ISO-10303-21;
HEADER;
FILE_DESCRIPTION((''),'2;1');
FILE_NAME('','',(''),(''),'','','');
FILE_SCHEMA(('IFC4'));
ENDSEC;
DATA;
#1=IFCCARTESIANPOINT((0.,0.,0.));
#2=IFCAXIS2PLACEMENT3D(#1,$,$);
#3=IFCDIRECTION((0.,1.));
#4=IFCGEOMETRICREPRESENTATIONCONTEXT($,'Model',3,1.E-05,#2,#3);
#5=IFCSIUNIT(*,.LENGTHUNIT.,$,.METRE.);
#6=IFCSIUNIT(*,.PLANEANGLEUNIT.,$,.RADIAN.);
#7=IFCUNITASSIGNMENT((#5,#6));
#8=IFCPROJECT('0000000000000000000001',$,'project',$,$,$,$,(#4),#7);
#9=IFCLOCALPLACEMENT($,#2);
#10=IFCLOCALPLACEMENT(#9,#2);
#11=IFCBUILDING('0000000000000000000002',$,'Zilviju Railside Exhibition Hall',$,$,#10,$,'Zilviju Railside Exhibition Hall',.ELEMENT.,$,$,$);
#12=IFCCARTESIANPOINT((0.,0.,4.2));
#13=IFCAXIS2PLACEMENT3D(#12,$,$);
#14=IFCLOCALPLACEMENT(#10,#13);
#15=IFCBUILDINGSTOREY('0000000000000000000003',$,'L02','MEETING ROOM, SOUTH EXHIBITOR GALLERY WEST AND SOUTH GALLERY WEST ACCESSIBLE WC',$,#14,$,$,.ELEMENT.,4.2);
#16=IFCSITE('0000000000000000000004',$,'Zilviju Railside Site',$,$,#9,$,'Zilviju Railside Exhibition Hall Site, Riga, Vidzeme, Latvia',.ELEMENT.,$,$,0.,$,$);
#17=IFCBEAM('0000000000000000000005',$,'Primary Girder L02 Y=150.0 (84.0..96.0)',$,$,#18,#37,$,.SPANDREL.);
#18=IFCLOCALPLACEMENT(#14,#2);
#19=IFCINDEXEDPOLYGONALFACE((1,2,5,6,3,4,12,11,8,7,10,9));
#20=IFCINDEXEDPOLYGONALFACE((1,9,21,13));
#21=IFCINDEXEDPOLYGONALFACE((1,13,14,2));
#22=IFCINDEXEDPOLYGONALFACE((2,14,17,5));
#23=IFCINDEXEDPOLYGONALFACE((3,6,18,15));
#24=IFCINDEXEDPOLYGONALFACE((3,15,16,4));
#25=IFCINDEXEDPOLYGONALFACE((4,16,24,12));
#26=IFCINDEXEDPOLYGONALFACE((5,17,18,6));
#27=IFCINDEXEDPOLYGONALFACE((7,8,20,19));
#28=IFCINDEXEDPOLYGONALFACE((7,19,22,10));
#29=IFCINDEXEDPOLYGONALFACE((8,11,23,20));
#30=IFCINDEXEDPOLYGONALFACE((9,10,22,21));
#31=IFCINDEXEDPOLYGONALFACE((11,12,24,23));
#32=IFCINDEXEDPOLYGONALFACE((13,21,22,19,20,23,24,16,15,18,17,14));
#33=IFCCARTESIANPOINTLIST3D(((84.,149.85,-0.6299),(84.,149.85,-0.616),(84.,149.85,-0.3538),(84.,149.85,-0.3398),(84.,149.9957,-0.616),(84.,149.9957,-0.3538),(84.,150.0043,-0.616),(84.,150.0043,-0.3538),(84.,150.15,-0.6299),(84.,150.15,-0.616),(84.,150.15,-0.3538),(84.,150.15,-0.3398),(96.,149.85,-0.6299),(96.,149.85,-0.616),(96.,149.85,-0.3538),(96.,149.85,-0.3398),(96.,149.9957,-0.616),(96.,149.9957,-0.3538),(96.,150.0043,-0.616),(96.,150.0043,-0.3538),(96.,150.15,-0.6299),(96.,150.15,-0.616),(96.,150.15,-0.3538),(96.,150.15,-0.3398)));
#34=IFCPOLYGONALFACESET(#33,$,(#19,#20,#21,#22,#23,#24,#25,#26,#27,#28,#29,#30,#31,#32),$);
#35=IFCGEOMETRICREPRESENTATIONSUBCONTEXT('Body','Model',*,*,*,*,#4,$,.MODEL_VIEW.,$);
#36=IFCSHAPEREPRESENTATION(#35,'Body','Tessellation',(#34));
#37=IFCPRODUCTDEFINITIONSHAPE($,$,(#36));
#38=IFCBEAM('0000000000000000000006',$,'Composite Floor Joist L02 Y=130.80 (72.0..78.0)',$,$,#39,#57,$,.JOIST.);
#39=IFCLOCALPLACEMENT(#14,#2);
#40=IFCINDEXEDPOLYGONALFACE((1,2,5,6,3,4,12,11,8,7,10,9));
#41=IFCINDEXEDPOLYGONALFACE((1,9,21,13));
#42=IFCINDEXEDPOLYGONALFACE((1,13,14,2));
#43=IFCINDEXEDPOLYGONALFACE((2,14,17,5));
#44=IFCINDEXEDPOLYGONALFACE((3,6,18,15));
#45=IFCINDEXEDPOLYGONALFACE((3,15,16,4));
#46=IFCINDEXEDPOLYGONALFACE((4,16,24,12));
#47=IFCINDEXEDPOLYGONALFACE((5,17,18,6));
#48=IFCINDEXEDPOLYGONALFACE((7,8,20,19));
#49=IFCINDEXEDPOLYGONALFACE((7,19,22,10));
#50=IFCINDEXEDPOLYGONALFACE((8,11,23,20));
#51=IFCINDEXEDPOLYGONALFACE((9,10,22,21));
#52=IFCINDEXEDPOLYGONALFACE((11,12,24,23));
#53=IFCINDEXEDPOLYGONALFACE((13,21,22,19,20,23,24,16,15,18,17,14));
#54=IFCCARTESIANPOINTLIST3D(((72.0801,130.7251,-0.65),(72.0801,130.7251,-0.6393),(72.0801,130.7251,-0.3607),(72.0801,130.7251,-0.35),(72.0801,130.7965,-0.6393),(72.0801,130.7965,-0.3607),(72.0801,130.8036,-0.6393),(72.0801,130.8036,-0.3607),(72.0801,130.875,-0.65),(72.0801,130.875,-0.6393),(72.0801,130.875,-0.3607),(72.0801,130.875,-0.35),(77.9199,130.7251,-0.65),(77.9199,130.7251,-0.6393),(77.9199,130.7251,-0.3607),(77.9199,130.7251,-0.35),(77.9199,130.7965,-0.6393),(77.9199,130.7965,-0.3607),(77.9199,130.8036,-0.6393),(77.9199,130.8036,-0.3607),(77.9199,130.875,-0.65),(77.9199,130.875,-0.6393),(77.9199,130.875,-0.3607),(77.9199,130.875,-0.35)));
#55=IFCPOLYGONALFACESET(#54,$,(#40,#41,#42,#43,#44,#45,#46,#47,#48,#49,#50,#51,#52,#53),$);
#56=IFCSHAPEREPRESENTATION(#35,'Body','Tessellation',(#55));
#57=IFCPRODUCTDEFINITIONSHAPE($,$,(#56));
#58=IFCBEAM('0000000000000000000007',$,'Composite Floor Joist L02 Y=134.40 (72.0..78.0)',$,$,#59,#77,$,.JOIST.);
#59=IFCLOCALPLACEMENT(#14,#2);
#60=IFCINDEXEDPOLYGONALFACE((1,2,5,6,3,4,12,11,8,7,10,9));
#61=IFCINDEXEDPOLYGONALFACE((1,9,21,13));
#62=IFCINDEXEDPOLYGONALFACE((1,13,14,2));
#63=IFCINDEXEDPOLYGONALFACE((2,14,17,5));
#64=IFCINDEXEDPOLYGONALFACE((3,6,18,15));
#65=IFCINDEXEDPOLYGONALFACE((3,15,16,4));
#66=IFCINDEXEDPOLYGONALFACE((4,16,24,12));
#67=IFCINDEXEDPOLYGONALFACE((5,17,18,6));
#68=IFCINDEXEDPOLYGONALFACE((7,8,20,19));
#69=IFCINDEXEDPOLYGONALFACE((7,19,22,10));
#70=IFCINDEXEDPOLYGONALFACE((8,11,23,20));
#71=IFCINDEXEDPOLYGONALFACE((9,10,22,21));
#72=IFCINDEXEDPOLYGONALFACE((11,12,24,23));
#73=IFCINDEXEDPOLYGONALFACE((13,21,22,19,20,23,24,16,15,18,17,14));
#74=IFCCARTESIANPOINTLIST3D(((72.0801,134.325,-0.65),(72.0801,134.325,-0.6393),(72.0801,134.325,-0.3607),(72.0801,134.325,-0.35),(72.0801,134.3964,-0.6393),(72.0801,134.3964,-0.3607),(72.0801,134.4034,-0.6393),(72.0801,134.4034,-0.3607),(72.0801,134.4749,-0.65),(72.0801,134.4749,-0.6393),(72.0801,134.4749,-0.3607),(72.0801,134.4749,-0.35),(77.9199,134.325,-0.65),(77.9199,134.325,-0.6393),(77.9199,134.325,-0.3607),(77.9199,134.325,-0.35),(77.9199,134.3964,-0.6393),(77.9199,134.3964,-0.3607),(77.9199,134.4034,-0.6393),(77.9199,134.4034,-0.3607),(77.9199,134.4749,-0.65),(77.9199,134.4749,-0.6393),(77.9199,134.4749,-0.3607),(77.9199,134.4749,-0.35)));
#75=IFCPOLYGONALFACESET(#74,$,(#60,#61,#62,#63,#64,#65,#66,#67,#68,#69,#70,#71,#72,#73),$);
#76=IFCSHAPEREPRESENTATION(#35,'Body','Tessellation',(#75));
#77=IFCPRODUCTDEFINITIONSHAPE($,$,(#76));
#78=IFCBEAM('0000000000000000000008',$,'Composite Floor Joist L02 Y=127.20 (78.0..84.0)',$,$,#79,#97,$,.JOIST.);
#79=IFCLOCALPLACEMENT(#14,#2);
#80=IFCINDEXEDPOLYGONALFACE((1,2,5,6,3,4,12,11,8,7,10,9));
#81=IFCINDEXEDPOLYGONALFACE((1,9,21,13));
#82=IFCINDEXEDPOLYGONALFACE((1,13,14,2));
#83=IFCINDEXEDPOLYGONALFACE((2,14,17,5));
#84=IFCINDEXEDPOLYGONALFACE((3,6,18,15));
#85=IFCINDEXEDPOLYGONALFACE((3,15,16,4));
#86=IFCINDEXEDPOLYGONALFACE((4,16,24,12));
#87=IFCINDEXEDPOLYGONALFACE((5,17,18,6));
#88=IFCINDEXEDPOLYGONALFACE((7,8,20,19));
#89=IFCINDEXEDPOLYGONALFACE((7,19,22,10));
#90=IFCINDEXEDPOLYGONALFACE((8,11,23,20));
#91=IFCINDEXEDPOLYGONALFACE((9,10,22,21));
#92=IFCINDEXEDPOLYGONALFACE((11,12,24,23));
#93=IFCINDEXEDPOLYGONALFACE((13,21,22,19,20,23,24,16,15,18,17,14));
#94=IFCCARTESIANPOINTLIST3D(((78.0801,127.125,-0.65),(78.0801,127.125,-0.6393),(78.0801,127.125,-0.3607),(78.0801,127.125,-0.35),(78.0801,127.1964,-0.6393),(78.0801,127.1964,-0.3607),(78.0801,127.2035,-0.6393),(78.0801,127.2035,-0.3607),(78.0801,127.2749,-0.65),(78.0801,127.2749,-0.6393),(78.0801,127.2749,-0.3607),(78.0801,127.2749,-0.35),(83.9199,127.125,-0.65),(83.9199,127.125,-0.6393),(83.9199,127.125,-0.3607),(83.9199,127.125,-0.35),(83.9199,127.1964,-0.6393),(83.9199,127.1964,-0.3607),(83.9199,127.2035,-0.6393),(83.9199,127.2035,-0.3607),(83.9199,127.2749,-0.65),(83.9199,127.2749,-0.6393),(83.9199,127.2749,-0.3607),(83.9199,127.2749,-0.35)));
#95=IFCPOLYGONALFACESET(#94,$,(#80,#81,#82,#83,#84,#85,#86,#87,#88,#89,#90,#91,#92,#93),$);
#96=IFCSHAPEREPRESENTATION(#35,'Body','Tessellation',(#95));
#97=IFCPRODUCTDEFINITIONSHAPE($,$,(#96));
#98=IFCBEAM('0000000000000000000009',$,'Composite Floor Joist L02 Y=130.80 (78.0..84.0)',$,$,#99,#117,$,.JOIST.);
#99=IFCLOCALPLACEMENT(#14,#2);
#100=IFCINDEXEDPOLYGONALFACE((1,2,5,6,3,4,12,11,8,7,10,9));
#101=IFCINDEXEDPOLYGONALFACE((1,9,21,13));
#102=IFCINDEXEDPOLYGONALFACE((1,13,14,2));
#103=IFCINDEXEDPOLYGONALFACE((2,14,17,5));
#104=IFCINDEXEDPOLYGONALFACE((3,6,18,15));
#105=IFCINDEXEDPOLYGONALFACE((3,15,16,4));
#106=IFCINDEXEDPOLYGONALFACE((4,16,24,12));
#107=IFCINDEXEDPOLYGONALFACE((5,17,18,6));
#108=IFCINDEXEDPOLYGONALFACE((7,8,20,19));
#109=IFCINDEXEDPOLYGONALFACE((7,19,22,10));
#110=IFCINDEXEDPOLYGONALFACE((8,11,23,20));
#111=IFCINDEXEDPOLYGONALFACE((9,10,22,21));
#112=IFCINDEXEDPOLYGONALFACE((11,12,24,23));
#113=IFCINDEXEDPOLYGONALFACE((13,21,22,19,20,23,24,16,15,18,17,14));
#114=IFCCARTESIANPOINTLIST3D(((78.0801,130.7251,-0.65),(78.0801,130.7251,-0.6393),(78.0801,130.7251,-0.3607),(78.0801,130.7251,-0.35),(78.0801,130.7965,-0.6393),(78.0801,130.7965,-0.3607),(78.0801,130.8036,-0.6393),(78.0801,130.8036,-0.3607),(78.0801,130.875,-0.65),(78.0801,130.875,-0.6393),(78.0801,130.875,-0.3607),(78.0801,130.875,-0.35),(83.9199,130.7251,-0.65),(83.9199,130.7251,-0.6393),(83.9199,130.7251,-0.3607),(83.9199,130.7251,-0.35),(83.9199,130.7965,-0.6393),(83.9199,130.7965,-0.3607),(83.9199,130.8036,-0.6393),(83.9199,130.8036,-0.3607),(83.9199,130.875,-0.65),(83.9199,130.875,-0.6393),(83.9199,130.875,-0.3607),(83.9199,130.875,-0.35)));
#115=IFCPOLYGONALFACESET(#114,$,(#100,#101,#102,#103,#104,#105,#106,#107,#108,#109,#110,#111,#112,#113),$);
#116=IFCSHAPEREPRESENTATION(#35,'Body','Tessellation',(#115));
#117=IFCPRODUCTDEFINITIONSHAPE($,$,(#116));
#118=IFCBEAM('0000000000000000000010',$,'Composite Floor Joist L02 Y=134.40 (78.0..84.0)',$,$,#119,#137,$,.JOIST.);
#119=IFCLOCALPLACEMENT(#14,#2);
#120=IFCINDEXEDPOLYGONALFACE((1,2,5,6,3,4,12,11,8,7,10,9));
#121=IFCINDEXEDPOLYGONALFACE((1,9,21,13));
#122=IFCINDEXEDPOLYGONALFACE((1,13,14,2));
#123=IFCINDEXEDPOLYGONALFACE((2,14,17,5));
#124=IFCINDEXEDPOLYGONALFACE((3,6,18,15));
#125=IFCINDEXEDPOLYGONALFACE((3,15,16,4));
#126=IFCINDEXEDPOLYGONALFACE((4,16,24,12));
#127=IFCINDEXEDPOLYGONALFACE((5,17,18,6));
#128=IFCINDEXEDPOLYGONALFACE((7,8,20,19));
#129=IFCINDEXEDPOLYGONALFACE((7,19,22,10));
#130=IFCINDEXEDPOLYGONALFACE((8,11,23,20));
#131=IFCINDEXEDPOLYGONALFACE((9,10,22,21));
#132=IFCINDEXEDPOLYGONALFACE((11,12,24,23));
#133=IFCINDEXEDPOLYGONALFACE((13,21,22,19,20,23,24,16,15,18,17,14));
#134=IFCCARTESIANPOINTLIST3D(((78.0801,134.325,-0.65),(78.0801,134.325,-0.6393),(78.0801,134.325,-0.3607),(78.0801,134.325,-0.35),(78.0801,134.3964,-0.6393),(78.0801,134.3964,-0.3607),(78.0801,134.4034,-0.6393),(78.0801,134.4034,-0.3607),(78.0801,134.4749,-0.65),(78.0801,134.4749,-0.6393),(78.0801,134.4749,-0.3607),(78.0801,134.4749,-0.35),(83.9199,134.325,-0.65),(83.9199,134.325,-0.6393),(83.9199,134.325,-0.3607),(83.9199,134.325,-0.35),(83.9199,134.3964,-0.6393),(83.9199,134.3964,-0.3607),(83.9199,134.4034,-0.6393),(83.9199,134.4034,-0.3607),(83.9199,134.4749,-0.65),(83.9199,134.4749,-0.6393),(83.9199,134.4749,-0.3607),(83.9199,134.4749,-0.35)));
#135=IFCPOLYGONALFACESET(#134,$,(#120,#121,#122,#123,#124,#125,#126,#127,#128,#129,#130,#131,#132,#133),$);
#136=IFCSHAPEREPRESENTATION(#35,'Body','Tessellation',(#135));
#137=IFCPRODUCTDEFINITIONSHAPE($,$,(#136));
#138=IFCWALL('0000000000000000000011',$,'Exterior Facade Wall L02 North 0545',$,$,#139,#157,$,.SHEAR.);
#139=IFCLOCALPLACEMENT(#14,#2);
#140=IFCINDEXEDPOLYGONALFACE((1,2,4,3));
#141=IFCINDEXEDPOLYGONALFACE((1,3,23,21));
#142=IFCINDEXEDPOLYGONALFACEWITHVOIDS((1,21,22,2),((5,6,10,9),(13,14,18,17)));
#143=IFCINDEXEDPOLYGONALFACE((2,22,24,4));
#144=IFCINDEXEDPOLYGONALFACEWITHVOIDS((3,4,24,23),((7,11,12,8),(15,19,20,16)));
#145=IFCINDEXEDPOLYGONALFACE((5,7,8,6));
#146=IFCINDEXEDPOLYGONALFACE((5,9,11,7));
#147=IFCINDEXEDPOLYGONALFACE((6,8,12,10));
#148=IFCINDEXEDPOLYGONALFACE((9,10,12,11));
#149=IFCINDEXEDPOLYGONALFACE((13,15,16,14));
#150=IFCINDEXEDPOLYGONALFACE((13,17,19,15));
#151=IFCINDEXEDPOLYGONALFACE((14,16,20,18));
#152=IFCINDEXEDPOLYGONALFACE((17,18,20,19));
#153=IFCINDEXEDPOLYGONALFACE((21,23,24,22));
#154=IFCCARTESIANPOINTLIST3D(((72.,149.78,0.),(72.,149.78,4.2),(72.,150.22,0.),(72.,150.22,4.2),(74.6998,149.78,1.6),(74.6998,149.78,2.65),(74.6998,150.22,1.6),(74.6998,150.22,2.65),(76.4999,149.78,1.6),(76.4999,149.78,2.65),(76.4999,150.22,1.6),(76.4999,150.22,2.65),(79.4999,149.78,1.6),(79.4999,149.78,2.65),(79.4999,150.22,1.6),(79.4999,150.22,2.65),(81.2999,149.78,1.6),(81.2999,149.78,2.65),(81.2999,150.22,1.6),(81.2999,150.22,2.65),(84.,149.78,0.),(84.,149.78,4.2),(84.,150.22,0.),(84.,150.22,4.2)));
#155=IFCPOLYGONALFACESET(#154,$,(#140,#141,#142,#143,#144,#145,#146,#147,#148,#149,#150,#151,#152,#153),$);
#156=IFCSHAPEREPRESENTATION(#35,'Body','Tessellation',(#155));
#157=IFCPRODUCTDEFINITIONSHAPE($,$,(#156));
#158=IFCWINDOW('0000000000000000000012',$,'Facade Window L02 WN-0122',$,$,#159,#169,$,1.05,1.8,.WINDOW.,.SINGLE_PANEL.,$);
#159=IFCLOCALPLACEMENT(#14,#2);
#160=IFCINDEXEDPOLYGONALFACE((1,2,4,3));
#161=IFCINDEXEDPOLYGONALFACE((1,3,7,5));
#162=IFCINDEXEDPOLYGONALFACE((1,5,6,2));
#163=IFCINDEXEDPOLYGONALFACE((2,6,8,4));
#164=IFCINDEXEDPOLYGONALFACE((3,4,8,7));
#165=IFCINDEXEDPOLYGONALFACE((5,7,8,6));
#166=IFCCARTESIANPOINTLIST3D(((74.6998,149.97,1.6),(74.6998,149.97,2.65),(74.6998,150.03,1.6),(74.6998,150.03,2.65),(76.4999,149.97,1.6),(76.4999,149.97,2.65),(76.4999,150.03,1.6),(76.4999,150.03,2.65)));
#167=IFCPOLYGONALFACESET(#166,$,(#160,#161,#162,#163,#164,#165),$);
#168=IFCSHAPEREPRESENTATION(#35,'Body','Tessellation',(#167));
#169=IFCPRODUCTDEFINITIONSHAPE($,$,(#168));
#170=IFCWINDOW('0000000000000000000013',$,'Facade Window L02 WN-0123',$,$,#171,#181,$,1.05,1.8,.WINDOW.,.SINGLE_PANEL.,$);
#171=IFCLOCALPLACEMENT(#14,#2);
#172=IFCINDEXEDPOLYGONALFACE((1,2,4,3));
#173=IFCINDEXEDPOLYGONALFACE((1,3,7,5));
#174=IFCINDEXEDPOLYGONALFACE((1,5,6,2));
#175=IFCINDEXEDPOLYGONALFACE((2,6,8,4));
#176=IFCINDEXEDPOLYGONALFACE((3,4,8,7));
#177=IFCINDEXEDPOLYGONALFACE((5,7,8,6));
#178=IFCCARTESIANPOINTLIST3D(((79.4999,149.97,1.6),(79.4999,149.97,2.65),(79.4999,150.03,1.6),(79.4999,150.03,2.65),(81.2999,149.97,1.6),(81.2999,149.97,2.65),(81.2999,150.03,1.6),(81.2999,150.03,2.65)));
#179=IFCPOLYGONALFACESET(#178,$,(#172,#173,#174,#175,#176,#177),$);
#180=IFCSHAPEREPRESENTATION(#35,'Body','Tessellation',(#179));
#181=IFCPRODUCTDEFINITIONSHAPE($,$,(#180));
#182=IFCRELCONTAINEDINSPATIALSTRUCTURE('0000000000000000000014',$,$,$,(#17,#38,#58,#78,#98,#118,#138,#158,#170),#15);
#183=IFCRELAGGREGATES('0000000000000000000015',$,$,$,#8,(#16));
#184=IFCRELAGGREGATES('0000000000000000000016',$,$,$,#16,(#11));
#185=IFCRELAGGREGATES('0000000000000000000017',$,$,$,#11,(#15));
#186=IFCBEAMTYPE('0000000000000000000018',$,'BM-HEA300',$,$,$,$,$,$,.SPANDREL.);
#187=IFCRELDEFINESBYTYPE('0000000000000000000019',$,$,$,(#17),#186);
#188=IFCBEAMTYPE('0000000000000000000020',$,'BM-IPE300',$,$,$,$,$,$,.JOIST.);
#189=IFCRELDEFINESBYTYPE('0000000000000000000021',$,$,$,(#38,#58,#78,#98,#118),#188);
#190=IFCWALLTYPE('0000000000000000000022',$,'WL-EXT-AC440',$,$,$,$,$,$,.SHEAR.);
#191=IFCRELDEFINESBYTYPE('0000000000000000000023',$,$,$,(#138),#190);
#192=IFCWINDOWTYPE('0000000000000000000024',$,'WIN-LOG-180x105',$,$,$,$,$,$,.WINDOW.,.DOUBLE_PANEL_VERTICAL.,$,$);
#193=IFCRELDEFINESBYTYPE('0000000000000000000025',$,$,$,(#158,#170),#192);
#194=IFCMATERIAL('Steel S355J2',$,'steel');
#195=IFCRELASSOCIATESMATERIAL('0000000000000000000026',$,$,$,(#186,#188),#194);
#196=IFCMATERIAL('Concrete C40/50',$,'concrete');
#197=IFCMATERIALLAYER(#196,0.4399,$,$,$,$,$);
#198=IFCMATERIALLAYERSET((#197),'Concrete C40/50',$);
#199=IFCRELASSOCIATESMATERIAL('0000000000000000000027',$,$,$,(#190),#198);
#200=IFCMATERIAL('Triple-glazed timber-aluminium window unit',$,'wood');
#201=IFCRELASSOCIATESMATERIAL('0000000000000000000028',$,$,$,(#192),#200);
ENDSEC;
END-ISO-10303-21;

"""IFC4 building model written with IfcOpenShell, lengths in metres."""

from ifc_helpers import new_model, si_unit, direction, frame, frame_2d, origin, origin_2d, place, context, subcontext, project, spatial, rectangle, i_section, extrude, material, layer, layer_set, material_profile, profile_set, type_object, element, fill, save


model = new_model("IFC4")

# Units and contexts
model_context = context("Model", 3, precision=1e-05, world=origin(), true_north=direction((0.0, 1.0)))
body_context = subcontext(model_context, "Body", "Model", "MODEL_VIEW")
ifc_project = project(units=[si_unit("LENGTHUNIT", "METRE"), si_unit("PLANEANGLEUNIT", "RADIAN")], contexts=[model_context])

# Site, building, storey
site_placement = place(None, origin())
site = spatial("IfcSite", under=ifc_project, at=site_placement, Name="Zilviju Railside Site", LongName="Zilviju Railside Exhibition Hall Site, Riga, Vidzeme, Latvia", CompositionType="ELEMENT", RefElevation=0.0)
building_placement = place(site_placement, origin())
building = spatial("IfcBuilding", under=site, at=building_placement, Name="Zilviju Railside Exhibition Hall", LongName="Zilviju Railside Exhibition Hall", CompositionType="ELEMENT")
storey_placement = place(building_placement, frame((0.0, 0.0, 4.2)))
storey = spatial("IfcBuildingStorey", under=building, at=storey_placement, Name="L02", Description="MEETING ROOM, SOUTH EXHIBITOR GALLERY WEST AND SOUTH GALLERY WEST ACCESSIBLE WC", CompositionType="ELEMENT", Elevation=4.2)

# Shared definitions
ifc_material_1 = material(Name="Concrete C40/50", Category="concrete")
ifc_material_2 = material(Name="Steel S355J2", Category="steel")

# Beams
ifc_material_profile_1 = material_profile(ifc_material_2, i_section(OverallWidth=0.3, OverallDepth=0.29, WebThickness=0.0085, FlangeThickness=0.0139, at=origin_2d()), Name="HEA 300")
ifc_profile_set_1 = profile_set([ifc_material_profile_1], Name="Steel S355J2")
beam_type_1 = type_object("IfcBeamType", Name="BM-HEA300", PredefinedType="SPANDREL", material=ifc_profile_set_1)
for number, where, z_axis, x_axis, name in (
    (1, (84.0, 150.0, -0.4849), (1.0, 0.0, 0.0), (0.0, 1.0, 0.0), "Primary Girder L02 Y=150.0 (84.0..96.0)"),
):
    element("IfcBeam", number, at=place(storey_placement, frame(where, z_axis=z_axis, x_axis=x_axis)), inside=storey, type_object=beam_type_1, Name=name, PredefinedType="SPANDREL", context=body_context, shape_type="SweptSolid", body=[
        extrude(i_section(OverallWidth=0.3, OverallDepth=0.29, WebThickness=0.0085, FlangeThickness=0.0139, at=origin_2d()), origin(), (0.0, 0.0, 1.0), 12.0),
    ])
ifc_material_profile_2 = material_profile(ifc_material_2, i_section(OverallWidth=0.1499, OverallDepth=0.3, WebThickness=0.0071, FlangeThickness=0.0107, at=origin_2d()), Name="IPE 300")
ifc_profile_set_2 = profile_set([ifc_material_profile_2], Name="Steel S355J2")
beam_type_2 = type_object("IfcBeamType", Name="BM-IPE300", PredefinedType="JOIST", material=ifc_profile_set_2)
for number, where, z_axis, x_axis, name in (
    (2, (72.0801, 130.8, -0.5), (1.0, 0.0, 0.0), (0.0, 1.0, 0.0), "Composite Floor Joist L02 Y=130.80 (72.0..78.0)"),
    (3, (72.0801, 134.3999, -0.5), (1.0, 0.0, 0.0), (0.0, 1.0, 0.0), "Composite Floor Joist L02 Y=134.40 (72.0..78.0)"),
    (4, (78.0801, 127.2, -0.5), (1.0, 0.0, 0.0), (0.0, 1.0, 0.0), "Composite Floor Joist L02 Y=127.20 (78.0..84.0)"),
    (5, (78.0801, 130.8, -0.5), (1.0, 0.0, 0.0), (0.0, 1.0, 0.0), "Composite Floor Joist L02 Y=130.80 (78.0..84.0)"),
    (6, (78.0801, 134.3999, -0.5), (1.0, 0.0, 0.0), (0.0, 1.0, 0.0), "Composite Floor Joist L02 Y=134.40 (78.0..84.0)"),
):
    element("IfcBeam", number, at=place(storey_placement, frame(where, z_axis=z_axis, x_axis=x_axis)), inside=storey, type_object=beam_type_2, Name=name, PredefinedType="JOIST", context=body_context, shape_type="SweptSolid", body=[
        extrude(i_section(OverallWidth=0.1499, OverallDepth=0.3, WebThickness=0.0071, FlangeThickness=0.0107, at=origin_2d()), origin(), (0.0, 0.0, 1.0), 5.8398),
    ])

# Wall, openings, windows
ifc_layer_1 = layer(ifc_material_1, 0.4399)
ifc_layer_set_1 = layer_set([ifc_layer_1], Name="Concrete C40/50")
wall_type_1 = type_object("IfcWallType", Name="WL-EXT-AC440", PredefinedType="SHEAR", material=ifc_layer_set_1)
wall_1_placement = place(storey_placement, frame((72.0, 150.0, 0.0), z_axis=(0.0, 0.0, 1.0), x_axis=(1.0, 0.0, 0.0)))
wall_1 = element("IfcWall", 7, at=wall_1_placement, inside=storey, type_object=wall_type_1, Name="Exterior Facade Wall L02 North 0545", PredefinedType="SHEAR", context=body_context, shape_type="SweptSolid", body=[
    extrude(rectangle(XDim=12.0, YDim=0.4399, at=frame_2d((6.0, 0.0))), origin(), (0.0, 0.0, 1.0), 4.2),
])
opening_1_placement = place(wall_1_placement, frame((2.7, 0.0, 1.6001)))
opening_1 = element("IfcOpeningElement", 8, at=opening_1_placement, cuts=wall_1, PredefinedType="OPENING", context=body_context, shape_type="SweptSolid", body=[
    extrude(rectangle(XDim=1.8, YDim=1.05, at=frame_2d((0.8999, 0.5249))), frame((0.0, 0.23, 0.0), z_axis=(0.0, -1.0, 0.0), x_axis=(1.0, 0.0, 0.0)), (0.0, 0.0, 1.0), 0.46),
])
opening_2_placement = place(wall_1_placement, frame((7.5, 0.0, 1.6001)))
opening_2 = element("IfcOpeningElement", 9, at=opening_2_placement, cuts=wall_1, PredefinedType="OPENING", context=body_context, shape_type="SweptSolid", body=[
    extrude(rectangle(XDim=1.8, YDim=1.05, at=frame_2d((0.8999, 0.5249))), frame((0.0, 0.23, 0.0), z_axis=(0.0, -1.0, 0.0), x_axis=(1.0, 0.0, 0.0)), (0.0, 0.0, 1.0), 0.46),
])
ifc_material_3 = material(Name="Triple-glazed timber-aluminium window unit", Category="wood")
window_type = type_object("IfcWindowType", Name="WIN-LOG-180x105", PartitioningType="DOUBLE_PANEL_VERTICAL", PredefinedType="WINDOW", material=ifc_material_3)
window_1_placement = place(opening_1_placement, origin())
window_1 = element("IfcWindow", 10, at=window_1_placement, inside=storey, type_object=window_type, Name="Facade Window L02 WN-0122", OverallHeight=1.05, OverallWidth=1.8, PartitioningType="SINGLE_PANEL", PredefinedType="WINDOW", context=body_context, shape_type="SweptSolid", body=[
    extrude(rectangle(XDim=1.8, YDim=1.05, at=frame_2d((0.8999, 0.5249))), frame((0.0, 0.03, 0.0), z_axis=(0.0, -1.0, 0.0), x_axis=(1.0, 0.0, 0.0)), (0.0, 0.0, 1.0), 0.0601),
])
fill(opening_1, window_1)
window_2_placement = place(opening_2_placement, origin())
window_2 = element("IfcWindow", 11, at=window_2_placement, inside=storey, type_object=window_type, Name="Facade Window L02 WN-0123", OverallHeight=1.05, OverallWidth=1.8, PartitioningType="SINGLE_PANEL", PredefinedType="WINDOW", context=body_context, shape_type="SweptSolid", body=[
    extrude(rectangle(XDim=1.8, YDim=1.05, at=frame_2d((0.8999, 0.5249))), frame((0.0, 0.03, 0.0), z_axis=(0.0, -1.0, 0.0), x_axis=(1.0, 0.0, 0.0)), (0.0, 0.0, 1.0), 0.0601),
])
fill(opening_2, window_2)

save(model, "model.ifc")
